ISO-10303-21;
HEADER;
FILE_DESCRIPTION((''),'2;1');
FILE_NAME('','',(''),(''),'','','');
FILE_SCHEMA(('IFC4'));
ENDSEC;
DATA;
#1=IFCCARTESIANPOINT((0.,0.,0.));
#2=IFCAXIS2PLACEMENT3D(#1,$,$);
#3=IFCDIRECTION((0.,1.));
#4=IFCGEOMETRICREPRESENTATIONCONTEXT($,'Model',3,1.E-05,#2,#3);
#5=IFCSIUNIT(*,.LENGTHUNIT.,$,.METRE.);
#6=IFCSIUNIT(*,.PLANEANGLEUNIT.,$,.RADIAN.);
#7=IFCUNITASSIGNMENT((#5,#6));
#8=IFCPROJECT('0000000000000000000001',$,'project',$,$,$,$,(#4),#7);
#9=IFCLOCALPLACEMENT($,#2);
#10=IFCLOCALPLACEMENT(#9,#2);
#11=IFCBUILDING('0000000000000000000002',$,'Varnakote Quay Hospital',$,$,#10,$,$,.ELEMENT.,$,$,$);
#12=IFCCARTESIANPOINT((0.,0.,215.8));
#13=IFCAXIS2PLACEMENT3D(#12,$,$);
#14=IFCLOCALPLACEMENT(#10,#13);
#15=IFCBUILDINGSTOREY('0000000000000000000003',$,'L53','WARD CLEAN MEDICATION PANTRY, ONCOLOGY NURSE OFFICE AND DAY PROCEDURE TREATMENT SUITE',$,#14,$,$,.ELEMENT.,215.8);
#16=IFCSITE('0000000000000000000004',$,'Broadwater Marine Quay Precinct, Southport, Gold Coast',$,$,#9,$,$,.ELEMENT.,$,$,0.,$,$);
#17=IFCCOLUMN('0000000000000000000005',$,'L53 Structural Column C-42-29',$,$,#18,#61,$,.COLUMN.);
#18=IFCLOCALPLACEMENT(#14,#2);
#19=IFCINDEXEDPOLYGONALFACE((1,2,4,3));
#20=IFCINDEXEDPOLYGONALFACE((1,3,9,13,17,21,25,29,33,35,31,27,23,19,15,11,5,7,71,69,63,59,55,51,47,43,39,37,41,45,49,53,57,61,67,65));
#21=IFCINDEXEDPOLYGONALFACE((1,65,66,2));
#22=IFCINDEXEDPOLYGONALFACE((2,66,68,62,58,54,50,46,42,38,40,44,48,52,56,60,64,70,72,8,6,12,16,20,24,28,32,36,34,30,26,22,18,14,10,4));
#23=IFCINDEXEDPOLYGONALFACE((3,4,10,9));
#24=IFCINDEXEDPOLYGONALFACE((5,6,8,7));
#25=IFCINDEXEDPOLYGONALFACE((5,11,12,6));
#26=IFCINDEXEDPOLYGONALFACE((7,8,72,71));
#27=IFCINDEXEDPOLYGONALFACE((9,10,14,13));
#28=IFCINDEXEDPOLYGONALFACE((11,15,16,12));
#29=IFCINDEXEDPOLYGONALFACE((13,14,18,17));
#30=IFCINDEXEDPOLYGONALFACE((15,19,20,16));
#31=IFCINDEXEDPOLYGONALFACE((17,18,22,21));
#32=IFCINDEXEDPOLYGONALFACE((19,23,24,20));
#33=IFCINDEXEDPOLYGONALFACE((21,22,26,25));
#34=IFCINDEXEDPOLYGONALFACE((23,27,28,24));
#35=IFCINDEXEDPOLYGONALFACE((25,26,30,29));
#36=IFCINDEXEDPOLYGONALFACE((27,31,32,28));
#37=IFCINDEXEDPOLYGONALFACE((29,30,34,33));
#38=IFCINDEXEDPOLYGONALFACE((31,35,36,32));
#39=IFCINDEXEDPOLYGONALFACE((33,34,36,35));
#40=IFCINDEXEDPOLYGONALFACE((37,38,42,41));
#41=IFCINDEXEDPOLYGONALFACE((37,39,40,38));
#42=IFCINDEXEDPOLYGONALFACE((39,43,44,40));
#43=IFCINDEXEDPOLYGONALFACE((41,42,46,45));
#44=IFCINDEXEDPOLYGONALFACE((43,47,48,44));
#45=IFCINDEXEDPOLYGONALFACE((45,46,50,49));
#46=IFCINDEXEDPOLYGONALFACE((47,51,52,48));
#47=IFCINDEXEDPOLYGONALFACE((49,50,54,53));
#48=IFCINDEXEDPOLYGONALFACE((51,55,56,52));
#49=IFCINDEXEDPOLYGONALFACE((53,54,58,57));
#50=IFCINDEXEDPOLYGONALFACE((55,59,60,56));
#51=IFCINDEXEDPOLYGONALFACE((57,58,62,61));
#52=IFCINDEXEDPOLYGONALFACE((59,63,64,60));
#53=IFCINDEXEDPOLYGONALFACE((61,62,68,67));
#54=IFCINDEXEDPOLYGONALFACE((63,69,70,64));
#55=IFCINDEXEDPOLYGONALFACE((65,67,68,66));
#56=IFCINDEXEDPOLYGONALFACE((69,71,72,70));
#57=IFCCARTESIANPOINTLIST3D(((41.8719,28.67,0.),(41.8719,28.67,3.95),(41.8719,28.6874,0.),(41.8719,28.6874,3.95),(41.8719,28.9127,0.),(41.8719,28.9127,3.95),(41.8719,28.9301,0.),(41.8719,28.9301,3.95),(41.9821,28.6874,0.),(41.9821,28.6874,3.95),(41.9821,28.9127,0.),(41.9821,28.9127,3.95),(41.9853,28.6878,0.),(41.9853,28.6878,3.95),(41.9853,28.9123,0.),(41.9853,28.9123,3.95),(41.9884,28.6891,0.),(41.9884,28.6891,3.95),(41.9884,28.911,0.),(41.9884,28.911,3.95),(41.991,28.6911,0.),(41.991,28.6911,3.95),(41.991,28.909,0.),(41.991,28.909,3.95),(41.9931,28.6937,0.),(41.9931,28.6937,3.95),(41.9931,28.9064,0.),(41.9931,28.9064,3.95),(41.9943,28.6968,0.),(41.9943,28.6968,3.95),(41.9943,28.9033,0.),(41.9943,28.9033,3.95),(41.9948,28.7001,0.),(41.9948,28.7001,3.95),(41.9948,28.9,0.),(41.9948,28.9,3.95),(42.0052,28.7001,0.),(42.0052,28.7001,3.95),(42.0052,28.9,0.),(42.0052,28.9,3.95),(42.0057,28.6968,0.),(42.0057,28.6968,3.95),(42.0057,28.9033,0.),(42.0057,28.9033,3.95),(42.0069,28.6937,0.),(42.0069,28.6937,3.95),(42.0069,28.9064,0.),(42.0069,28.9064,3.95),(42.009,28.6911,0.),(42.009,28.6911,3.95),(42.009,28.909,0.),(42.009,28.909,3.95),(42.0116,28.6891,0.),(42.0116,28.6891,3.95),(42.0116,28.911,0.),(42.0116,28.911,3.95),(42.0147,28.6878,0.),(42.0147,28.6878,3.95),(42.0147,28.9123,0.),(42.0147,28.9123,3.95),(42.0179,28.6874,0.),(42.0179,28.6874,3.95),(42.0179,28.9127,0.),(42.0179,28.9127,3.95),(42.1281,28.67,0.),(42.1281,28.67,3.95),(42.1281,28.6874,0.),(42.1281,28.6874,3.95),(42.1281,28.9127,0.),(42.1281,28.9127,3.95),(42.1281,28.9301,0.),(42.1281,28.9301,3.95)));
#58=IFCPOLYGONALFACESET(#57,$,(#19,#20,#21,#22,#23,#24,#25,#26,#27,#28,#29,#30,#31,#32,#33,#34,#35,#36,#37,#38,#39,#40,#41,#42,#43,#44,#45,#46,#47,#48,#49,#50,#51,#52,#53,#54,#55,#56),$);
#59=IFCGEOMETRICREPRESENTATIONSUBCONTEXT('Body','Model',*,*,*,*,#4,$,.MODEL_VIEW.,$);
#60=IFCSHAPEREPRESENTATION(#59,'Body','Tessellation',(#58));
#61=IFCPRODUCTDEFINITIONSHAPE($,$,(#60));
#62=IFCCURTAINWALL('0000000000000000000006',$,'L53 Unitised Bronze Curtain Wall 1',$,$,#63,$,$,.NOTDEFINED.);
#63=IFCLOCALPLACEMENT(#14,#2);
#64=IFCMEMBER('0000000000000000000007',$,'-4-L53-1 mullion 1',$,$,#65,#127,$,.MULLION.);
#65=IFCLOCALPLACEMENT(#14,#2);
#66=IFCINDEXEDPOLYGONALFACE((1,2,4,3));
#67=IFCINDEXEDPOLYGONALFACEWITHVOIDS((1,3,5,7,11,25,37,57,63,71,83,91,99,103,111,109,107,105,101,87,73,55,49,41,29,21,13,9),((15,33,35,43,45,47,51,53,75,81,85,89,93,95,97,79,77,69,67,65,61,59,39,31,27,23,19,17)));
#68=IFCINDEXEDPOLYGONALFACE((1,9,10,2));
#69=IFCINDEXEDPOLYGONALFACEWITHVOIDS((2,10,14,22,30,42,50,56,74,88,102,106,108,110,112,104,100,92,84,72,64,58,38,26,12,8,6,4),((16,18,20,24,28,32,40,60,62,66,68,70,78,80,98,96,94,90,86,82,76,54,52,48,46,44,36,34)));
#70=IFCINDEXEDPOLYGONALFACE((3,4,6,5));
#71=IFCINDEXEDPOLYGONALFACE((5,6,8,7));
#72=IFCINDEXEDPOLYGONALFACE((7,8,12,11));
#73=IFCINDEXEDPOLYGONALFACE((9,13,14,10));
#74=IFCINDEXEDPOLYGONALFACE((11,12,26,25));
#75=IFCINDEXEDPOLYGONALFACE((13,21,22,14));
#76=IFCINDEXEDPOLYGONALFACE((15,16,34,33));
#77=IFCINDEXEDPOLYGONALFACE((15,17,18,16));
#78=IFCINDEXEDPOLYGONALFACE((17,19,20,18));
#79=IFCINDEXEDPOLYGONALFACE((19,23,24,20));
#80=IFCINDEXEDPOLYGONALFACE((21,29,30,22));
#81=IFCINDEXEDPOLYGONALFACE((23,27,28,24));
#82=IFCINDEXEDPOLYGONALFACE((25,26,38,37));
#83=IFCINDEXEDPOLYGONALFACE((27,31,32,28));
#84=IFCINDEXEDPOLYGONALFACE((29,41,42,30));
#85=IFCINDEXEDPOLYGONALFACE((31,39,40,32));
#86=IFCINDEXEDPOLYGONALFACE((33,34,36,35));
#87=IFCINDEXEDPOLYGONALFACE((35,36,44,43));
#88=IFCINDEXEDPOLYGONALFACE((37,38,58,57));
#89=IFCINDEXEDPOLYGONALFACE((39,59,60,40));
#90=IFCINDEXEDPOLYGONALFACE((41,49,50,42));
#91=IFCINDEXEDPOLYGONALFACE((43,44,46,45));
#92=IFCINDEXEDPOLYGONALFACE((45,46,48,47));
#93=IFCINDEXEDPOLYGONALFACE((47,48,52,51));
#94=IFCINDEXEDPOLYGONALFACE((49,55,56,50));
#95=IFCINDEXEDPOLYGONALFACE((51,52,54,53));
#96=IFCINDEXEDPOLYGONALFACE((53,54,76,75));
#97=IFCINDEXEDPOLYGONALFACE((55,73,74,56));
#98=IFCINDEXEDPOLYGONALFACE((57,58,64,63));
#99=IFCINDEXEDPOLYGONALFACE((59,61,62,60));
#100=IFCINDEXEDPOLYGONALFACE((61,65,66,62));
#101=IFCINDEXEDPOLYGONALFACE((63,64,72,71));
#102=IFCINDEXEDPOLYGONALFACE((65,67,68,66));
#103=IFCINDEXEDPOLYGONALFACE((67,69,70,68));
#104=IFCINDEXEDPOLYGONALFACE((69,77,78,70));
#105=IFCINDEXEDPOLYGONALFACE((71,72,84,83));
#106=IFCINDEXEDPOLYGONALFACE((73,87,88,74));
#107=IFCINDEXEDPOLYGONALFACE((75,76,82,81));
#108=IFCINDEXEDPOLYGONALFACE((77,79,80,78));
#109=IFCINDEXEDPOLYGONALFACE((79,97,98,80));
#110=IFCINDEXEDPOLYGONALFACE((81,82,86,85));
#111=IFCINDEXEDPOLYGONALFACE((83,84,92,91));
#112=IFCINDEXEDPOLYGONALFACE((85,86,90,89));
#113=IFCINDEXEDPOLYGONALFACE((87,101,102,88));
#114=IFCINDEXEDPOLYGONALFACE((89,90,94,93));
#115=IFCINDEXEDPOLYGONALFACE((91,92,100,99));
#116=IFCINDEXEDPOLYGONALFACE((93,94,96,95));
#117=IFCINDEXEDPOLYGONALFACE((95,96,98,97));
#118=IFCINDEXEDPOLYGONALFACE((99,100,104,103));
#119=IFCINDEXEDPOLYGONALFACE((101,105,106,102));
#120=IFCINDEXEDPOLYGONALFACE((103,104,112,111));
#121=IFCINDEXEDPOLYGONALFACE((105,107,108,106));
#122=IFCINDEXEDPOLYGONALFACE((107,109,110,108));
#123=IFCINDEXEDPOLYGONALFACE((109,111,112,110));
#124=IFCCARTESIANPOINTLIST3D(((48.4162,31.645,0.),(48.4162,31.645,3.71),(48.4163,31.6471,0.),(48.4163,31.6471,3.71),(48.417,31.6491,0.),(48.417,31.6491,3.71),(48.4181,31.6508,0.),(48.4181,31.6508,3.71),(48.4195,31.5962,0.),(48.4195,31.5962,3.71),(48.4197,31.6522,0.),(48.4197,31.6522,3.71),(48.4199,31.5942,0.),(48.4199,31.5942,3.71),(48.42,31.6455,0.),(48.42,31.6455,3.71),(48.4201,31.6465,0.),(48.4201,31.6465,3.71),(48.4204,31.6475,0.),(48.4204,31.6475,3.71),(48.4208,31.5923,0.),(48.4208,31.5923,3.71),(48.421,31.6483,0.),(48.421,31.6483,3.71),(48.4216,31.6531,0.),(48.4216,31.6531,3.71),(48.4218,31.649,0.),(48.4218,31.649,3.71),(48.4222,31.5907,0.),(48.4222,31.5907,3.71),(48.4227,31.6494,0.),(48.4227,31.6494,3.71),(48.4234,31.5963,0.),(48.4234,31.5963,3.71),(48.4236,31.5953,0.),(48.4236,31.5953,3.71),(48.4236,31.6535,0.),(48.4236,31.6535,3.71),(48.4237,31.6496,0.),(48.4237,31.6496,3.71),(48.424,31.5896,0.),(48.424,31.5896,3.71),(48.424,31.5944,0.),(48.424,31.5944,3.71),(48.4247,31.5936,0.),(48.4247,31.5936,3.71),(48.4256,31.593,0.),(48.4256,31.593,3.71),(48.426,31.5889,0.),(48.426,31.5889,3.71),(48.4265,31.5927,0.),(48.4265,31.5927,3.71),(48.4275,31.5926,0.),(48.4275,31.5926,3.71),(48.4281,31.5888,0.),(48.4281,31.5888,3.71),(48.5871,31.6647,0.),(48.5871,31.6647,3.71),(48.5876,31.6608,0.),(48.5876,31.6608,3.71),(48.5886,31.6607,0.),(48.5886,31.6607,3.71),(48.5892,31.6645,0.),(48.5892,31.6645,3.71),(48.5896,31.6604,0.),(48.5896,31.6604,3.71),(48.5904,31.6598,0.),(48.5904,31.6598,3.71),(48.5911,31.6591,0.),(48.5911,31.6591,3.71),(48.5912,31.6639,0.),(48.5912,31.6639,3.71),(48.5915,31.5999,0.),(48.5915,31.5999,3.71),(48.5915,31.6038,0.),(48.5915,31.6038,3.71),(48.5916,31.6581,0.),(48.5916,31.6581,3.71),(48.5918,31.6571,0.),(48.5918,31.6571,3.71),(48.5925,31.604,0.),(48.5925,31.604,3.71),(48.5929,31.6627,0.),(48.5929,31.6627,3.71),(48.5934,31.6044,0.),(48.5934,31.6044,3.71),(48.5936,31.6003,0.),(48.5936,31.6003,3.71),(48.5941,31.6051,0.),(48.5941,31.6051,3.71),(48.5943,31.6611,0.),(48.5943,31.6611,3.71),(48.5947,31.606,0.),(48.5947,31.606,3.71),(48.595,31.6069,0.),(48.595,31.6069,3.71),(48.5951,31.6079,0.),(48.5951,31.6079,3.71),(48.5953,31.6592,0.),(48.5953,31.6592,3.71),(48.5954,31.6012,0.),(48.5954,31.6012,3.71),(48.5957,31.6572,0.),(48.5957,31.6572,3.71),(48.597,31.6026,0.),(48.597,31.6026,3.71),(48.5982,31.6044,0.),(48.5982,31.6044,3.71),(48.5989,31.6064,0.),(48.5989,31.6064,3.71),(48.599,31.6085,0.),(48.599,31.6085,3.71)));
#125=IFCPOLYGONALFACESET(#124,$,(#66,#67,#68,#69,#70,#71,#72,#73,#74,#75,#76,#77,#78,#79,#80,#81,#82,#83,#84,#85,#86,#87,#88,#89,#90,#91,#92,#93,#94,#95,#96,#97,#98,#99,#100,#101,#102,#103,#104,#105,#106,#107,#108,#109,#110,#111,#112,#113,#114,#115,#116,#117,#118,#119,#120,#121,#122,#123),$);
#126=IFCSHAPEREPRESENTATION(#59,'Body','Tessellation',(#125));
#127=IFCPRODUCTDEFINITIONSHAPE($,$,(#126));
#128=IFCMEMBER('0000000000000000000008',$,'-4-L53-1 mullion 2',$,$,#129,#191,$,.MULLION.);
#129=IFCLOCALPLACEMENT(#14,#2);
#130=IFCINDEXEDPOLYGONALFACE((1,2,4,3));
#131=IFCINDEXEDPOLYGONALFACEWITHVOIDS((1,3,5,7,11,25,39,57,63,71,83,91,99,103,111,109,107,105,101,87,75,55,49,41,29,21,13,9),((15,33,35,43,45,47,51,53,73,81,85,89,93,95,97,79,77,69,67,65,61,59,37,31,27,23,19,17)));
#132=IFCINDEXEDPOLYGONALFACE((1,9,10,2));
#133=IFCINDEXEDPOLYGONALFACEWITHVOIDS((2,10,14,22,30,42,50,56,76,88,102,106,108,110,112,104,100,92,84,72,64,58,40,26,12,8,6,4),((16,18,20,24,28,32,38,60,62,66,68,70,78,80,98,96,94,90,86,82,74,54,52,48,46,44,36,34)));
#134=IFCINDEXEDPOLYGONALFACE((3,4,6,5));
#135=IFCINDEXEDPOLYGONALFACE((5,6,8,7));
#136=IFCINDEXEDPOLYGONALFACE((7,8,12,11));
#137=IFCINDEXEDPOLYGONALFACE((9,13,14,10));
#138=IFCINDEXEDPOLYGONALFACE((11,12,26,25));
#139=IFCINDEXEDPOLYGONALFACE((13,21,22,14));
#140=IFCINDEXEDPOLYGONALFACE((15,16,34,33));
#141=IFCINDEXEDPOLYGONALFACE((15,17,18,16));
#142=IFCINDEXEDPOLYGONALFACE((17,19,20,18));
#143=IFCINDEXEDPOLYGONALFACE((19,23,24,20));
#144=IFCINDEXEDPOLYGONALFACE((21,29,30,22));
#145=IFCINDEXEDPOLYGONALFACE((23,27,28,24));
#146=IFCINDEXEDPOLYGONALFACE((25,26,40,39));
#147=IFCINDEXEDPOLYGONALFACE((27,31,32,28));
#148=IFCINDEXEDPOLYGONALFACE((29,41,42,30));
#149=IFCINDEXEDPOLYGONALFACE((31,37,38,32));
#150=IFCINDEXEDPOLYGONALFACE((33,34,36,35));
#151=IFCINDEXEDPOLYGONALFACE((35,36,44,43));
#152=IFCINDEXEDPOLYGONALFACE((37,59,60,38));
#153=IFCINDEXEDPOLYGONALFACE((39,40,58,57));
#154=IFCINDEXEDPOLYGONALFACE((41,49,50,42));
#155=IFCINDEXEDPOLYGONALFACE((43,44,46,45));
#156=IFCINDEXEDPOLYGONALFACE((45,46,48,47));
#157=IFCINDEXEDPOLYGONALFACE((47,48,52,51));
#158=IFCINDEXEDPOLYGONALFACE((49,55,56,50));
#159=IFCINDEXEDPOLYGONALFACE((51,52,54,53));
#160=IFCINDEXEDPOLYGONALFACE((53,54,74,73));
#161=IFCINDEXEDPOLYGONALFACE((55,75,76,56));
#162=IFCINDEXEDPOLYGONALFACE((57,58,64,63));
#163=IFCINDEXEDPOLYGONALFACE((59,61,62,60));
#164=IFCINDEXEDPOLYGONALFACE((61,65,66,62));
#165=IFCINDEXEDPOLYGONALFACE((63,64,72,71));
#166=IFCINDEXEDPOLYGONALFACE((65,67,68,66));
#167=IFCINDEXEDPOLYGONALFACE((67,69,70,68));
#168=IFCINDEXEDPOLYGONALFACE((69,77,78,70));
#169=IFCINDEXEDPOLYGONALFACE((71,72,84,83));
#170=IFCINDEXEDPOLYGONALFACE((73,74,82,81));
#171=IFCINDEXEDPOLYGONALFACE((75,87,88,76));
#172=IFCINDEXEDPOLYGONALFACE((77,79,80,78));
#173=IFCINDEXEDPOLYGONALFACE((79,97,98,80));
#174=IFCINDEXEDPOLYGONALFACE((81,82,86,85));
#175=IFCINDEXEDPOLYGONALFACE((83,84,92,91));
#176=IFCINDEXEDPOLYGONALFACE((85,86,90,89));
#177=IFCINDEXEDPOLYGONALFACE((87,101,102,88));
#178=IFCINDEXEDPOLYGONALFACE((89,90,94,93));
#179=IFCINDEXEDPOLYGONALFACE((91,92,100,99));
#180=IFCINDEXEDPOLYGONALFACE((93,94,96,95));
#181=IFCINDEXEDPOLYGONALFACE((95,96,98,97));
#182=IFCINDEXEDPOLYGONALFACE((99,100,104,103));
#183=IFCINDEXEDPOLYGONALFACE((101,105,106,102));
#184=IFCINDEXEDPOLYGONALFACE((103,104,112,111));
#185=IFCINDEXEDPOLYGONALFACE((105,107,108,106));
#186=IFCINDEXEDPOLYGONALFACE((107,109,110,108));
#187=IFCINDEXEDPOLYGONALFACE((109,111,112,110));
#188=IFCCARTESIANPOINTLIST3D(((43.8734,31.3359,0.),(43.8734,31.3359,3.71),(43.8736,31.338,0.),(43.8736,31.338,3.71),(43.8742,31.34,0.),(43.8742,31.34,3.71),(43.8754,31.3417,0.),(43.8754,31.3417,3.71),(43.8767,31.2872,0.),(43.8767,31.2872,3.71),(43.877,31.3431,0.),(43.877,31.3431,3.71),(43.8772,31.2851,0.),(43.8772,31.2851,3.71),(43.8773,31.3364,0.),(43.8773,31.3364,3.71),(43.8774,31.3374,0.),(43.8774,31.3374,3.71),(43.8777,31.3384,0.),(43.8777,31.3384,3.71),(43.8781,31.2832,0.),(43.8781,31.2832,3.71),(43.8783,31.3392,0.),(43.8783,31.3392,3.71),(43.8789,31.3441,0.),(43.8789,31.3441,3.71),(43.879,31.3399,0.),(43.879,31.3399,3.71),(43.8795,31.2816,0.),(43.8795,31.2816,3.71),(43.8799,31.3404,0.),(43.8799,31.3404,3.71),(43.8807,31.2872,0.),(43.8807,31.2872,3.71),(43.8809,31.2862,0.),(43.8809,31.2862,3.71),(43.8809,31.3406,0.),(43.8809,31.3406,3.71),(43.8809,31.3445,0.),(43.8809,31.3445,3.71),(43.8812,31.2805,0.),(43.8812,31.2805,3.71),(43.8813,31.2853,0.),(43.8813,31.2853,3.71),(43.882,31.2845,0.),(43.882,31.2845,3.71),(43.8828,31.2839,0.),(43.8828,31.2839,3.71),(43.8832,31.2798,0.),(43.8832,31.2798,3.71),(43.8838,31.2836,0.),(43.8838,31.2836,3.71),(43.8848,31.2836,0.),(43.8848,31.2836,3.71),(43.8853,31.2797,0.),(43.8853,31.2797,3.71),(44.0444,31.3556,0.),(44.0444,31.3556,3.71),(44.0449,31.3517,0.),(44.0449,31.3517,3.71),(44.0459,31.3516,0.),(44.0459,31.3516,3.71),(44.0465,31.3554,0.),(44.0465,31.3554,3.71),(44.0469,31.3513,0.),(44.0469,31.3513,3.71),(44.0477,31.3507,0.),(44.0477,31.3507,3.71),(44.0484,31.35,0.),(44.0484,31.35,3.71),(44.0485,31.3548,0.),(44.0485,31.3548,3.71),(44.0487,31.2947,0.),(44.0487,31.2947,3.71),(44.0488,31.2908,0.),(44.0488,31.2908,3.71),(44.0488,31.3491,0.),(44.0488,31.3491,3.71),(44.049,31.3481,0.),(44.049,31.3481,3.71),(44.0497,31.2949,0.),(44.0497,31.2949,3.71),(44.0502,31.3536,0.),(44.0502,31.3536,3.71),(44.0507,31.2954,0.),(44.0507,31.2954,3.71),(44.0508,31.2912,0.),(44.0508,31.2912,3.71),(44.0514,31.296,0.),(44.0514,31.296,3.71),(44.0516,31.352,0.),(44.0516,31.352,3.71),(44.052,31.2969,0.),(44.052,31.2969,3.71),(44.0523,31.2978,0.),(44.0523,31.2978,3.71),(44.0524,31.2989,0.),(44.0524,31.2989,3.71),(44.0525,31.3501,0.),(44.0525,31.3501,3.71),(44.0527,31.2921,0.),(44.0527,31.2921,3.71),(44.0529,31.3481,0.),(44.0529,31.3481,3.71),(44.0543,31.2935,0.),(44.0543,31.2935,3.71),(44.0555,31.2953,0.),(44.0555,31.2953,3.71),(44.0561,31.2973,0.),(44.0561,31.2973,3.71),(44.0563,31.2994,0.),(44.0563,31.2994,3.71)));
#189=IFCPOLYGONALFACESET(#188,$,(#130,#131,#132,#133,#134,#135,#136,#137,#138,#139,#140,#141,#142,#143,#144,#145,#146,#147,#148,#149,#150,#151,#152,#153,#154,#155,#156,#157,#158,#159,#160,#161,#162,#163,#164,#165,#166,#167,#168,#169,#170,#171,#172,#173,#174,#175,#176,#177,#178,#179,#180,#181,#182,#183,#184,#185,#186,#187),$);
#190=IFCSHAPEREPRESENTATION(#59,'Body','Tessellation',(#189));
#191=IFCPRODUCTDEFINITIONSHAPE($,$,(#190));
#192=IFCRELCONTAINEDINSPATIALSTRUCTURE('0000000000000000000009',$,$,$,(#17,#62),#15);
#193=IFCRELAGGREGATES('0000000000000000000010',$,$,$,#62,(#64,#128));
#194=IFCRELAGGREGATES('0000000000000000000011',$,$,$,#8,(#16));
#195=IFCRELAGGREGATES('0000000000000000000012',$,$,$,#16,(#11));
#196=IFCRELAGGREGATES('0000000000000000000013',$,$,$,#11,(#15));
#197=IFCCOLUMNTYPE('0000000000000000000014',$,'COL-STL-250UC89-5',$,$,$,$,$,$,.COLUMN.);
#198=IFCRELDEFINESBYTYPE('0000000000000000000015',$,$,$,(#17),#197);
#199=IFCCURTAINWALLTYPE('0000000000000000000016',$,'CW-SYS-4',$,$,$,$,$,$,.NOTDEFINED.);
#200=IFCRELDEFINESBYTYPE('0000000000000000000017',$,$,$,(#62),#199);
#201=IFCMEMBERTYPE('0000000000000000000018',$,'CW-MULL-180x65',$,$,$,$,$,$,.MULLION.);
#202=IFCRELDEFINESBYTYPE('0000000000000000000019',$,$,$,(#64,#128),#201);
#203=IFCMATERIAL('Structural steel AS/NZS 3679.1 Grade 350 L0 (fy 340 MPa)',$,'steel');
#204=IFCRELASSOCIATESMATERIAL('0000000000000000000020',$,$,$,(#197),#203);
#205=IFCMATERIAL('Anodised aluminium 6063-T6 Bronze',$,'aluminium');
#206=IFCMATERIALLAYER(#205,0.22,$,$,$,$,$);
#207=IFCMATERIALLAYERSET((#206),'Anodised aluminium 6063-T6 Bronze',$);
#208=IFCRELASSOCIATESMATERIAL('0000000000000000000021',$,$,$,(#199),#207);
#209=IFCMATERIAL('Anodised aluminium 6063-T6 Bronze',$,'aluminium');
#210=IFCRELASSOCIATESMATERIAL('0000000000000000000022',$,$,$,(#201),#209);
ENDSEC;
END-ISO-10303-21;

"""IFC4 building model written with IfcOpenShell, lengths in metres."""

from ifc_helpers import new_model, si_unit, direction, frame, origin, origin_2d, place, context, subcontext, project, spatial, hollow_rectangle, i_section, extrude, material, layer, layer_set, material_profile, profile_set, type_object, element, aggregate, save


model = new_model("IFC4")

# Units and contexts
model_context = context("Model", 3, precision=1e-05, world=origin(), true_north=direction((0.0, 1.0)))
body_context = subcontext(model_context, "Body", "Model", "MODEL_VIEW")
ifc_project = project(units=[si_unit("LENGTHUNIT", "METRE"), si_unit("PLANEANGLEUNIT", "RADIAN")], contexts=[model_context])

# Site, building, storey
site_placement = place(None, origin())
site = spatial("IfcSite", under=ifc_project, at=site_placement, Name="Broadwater Marine Quay Precinct, Southport, Gold Coast", CompositionType="ELEMENT", RefElevation=0.0)
building_placement = place(site_placement, origin())
building = spatial("IfcBuilding", under=site, at=building_placement, Name="Varnakote Quay Hospital", CompositionType="ELEMENT")
storey_placement = place(building_placement, frame((0.0, 0.0, 215.8)))
storey = spatial("IfcBuildingStorey", under=building, at=storey_placement, Name="L53", Description="WARD CLEAN MEDICATION PANTRY, ONCOLOGY NURSE OFFICE AND DAY PROCEDURE TREATMENT SUITE", CompositionType="ELEMENT", Elevation=215.8)

# Column
ifc_material_1 = material(Name="Structural steel AS/NZS 3679.1 Grade 350 L0 (fy 340 MPa)", Category="steel")
ifc_material_profile_1 = material_profile(ifc_material_1, i_section(OverallWidth=0.2561, OverallDepth=0.26, WebThickness=0.0105, FlangeThickness=0.0173, FilletRadius=0.0127, at=origin_2d()), Name="250UC89.5")
ifc_profile_set_1 = profile_set([ifc_material_profile_1], Name="Structural steel AS/NZS 3679.1 Grade 350 L0 (fy 340 MPa)")
column_type = type_object("IfcColumnType", Name="COL-STL-250UC89-5", PredefinedType="COLUMN", material=ifc_profile_set_1)
column_placement = place(storey_placement, frame((42.0, 28.8, 0.0), z_axis=(0.0, 0.0, 1.0), x_axis=(1.0, 0.0, 0.0)))
element("IfcColumn", 1, at=column_placement, inside=storey, type_object=column_type, Name="L53 Structural Column C-42-29", PredefinedType="COLUMN", context=body_context, shape_type="SweptSolid", body=[
    extrude(i_section(OverallWidth=0.2561, OverallDepth=0.26, WebThickness=0.0105, FlangeThickness=0.0173, FilletRadius=0.0127, at=origin_2d()), origin(), (0.0, 0.0, 1.0), 3.95),
])

# Curtain wall, members
ifc_material_2 = material(Name="Anodised aluminium 6063-T6 Bronze", Category="aluminium")
ifc_layer_1 = layer(ifc_material_2, 0.22)
ifc_layer_set_1 = layer_set([ifc_layer_1], Name="Anodised aluminium 6063-T6 Bronze")
curtain_wall_type = type_object("IfcCurtainWallType", Name="CW-SYS-4", PredefinedType="NOTDEFINED", material=ifc_layer_set_1)
curtain_wall_placement = place(storey_placement, origin())
curtain_wall = element("IfcCurtainWall", 2, at=curtain_wall_placement, inside=storey, type_object=curtain_wall_type, Name="L53 Unitised Bronze Curtain Wall 1", PredefinedType="NOTDEFINED")
ifc_material_3 = material(Name="Anodised aluminium 6063-T6 Bronze", Category="aluminium")
ifc_material_profile_2 = material_profile(ifc_material_3, hollow_rectangle(XDim=0.0649, YDim=0.1799, WallThickness=0.0039, InnerFilletRadius=0.0039, OuterFilletRadius=0.0081, at=origin_2d()), Name="CW-MULL-180x65")
ifc_profile_set_2 = profile_set([ifc_material_profile_2], Name="Anodised aluminium 6063-T6 Bronze")
member_type_1 = type_object("IfcMemberType", Name="CW-MULL-180x65", PredefinedType="MULLION", material=ifc_profile_set_2)
member_1_placement = place(storey_placement, frame((48.5076, 31.6267, 0.0), z_axis=(0.0, 0.0, 1.0), x_axis=(0.067842, -0.997696, 0.0)))
member_1 = element("IfcMember", 3, at=member_1_placement, type_object=member_type_1, Name="-4-L53-1 mullion 1", PredefinedType="MULLION", context=body_context, shape_type="SweptSolid", body=[
    extrude(hollow_rectangle(XDim=0.0649, YDim=0.1799, WallThickness=0.0039, InnerFilletRadius=0.0039, OuterFilletRadius=0.0081, at=origin_2d()), origin(), (0.0, 0.0, 1.0), 3.71),
])
member_2_placement = place(storey_placement, frame((43.9648, 31.3176, 0.0), z_axis=(0.0, 0.0, 1.0), x_axis=(0.067842, -0.997696, 0.0)))
member_2 = element("IfcMember", 4, at=member_2_placement, type_object=member_type_1, Name="-4-L53-1 mullion 2", PredefinedType="MULLION", context=body_context, shape_type="SweptSolid", body=[
    extrude(hollow_rectangle(XDim=0.0649, YDim=0.1799, WallThickness=0.0039, InnerFilletRadius=0.0039, OuterFilletRadius=0.0081, at=origin_2d()), origin(), (0.0, 0.0, 1.0), 3.71),
])
aggregate(curtain_wall, [member_1, member_2])

save(model, "model.ifc")
